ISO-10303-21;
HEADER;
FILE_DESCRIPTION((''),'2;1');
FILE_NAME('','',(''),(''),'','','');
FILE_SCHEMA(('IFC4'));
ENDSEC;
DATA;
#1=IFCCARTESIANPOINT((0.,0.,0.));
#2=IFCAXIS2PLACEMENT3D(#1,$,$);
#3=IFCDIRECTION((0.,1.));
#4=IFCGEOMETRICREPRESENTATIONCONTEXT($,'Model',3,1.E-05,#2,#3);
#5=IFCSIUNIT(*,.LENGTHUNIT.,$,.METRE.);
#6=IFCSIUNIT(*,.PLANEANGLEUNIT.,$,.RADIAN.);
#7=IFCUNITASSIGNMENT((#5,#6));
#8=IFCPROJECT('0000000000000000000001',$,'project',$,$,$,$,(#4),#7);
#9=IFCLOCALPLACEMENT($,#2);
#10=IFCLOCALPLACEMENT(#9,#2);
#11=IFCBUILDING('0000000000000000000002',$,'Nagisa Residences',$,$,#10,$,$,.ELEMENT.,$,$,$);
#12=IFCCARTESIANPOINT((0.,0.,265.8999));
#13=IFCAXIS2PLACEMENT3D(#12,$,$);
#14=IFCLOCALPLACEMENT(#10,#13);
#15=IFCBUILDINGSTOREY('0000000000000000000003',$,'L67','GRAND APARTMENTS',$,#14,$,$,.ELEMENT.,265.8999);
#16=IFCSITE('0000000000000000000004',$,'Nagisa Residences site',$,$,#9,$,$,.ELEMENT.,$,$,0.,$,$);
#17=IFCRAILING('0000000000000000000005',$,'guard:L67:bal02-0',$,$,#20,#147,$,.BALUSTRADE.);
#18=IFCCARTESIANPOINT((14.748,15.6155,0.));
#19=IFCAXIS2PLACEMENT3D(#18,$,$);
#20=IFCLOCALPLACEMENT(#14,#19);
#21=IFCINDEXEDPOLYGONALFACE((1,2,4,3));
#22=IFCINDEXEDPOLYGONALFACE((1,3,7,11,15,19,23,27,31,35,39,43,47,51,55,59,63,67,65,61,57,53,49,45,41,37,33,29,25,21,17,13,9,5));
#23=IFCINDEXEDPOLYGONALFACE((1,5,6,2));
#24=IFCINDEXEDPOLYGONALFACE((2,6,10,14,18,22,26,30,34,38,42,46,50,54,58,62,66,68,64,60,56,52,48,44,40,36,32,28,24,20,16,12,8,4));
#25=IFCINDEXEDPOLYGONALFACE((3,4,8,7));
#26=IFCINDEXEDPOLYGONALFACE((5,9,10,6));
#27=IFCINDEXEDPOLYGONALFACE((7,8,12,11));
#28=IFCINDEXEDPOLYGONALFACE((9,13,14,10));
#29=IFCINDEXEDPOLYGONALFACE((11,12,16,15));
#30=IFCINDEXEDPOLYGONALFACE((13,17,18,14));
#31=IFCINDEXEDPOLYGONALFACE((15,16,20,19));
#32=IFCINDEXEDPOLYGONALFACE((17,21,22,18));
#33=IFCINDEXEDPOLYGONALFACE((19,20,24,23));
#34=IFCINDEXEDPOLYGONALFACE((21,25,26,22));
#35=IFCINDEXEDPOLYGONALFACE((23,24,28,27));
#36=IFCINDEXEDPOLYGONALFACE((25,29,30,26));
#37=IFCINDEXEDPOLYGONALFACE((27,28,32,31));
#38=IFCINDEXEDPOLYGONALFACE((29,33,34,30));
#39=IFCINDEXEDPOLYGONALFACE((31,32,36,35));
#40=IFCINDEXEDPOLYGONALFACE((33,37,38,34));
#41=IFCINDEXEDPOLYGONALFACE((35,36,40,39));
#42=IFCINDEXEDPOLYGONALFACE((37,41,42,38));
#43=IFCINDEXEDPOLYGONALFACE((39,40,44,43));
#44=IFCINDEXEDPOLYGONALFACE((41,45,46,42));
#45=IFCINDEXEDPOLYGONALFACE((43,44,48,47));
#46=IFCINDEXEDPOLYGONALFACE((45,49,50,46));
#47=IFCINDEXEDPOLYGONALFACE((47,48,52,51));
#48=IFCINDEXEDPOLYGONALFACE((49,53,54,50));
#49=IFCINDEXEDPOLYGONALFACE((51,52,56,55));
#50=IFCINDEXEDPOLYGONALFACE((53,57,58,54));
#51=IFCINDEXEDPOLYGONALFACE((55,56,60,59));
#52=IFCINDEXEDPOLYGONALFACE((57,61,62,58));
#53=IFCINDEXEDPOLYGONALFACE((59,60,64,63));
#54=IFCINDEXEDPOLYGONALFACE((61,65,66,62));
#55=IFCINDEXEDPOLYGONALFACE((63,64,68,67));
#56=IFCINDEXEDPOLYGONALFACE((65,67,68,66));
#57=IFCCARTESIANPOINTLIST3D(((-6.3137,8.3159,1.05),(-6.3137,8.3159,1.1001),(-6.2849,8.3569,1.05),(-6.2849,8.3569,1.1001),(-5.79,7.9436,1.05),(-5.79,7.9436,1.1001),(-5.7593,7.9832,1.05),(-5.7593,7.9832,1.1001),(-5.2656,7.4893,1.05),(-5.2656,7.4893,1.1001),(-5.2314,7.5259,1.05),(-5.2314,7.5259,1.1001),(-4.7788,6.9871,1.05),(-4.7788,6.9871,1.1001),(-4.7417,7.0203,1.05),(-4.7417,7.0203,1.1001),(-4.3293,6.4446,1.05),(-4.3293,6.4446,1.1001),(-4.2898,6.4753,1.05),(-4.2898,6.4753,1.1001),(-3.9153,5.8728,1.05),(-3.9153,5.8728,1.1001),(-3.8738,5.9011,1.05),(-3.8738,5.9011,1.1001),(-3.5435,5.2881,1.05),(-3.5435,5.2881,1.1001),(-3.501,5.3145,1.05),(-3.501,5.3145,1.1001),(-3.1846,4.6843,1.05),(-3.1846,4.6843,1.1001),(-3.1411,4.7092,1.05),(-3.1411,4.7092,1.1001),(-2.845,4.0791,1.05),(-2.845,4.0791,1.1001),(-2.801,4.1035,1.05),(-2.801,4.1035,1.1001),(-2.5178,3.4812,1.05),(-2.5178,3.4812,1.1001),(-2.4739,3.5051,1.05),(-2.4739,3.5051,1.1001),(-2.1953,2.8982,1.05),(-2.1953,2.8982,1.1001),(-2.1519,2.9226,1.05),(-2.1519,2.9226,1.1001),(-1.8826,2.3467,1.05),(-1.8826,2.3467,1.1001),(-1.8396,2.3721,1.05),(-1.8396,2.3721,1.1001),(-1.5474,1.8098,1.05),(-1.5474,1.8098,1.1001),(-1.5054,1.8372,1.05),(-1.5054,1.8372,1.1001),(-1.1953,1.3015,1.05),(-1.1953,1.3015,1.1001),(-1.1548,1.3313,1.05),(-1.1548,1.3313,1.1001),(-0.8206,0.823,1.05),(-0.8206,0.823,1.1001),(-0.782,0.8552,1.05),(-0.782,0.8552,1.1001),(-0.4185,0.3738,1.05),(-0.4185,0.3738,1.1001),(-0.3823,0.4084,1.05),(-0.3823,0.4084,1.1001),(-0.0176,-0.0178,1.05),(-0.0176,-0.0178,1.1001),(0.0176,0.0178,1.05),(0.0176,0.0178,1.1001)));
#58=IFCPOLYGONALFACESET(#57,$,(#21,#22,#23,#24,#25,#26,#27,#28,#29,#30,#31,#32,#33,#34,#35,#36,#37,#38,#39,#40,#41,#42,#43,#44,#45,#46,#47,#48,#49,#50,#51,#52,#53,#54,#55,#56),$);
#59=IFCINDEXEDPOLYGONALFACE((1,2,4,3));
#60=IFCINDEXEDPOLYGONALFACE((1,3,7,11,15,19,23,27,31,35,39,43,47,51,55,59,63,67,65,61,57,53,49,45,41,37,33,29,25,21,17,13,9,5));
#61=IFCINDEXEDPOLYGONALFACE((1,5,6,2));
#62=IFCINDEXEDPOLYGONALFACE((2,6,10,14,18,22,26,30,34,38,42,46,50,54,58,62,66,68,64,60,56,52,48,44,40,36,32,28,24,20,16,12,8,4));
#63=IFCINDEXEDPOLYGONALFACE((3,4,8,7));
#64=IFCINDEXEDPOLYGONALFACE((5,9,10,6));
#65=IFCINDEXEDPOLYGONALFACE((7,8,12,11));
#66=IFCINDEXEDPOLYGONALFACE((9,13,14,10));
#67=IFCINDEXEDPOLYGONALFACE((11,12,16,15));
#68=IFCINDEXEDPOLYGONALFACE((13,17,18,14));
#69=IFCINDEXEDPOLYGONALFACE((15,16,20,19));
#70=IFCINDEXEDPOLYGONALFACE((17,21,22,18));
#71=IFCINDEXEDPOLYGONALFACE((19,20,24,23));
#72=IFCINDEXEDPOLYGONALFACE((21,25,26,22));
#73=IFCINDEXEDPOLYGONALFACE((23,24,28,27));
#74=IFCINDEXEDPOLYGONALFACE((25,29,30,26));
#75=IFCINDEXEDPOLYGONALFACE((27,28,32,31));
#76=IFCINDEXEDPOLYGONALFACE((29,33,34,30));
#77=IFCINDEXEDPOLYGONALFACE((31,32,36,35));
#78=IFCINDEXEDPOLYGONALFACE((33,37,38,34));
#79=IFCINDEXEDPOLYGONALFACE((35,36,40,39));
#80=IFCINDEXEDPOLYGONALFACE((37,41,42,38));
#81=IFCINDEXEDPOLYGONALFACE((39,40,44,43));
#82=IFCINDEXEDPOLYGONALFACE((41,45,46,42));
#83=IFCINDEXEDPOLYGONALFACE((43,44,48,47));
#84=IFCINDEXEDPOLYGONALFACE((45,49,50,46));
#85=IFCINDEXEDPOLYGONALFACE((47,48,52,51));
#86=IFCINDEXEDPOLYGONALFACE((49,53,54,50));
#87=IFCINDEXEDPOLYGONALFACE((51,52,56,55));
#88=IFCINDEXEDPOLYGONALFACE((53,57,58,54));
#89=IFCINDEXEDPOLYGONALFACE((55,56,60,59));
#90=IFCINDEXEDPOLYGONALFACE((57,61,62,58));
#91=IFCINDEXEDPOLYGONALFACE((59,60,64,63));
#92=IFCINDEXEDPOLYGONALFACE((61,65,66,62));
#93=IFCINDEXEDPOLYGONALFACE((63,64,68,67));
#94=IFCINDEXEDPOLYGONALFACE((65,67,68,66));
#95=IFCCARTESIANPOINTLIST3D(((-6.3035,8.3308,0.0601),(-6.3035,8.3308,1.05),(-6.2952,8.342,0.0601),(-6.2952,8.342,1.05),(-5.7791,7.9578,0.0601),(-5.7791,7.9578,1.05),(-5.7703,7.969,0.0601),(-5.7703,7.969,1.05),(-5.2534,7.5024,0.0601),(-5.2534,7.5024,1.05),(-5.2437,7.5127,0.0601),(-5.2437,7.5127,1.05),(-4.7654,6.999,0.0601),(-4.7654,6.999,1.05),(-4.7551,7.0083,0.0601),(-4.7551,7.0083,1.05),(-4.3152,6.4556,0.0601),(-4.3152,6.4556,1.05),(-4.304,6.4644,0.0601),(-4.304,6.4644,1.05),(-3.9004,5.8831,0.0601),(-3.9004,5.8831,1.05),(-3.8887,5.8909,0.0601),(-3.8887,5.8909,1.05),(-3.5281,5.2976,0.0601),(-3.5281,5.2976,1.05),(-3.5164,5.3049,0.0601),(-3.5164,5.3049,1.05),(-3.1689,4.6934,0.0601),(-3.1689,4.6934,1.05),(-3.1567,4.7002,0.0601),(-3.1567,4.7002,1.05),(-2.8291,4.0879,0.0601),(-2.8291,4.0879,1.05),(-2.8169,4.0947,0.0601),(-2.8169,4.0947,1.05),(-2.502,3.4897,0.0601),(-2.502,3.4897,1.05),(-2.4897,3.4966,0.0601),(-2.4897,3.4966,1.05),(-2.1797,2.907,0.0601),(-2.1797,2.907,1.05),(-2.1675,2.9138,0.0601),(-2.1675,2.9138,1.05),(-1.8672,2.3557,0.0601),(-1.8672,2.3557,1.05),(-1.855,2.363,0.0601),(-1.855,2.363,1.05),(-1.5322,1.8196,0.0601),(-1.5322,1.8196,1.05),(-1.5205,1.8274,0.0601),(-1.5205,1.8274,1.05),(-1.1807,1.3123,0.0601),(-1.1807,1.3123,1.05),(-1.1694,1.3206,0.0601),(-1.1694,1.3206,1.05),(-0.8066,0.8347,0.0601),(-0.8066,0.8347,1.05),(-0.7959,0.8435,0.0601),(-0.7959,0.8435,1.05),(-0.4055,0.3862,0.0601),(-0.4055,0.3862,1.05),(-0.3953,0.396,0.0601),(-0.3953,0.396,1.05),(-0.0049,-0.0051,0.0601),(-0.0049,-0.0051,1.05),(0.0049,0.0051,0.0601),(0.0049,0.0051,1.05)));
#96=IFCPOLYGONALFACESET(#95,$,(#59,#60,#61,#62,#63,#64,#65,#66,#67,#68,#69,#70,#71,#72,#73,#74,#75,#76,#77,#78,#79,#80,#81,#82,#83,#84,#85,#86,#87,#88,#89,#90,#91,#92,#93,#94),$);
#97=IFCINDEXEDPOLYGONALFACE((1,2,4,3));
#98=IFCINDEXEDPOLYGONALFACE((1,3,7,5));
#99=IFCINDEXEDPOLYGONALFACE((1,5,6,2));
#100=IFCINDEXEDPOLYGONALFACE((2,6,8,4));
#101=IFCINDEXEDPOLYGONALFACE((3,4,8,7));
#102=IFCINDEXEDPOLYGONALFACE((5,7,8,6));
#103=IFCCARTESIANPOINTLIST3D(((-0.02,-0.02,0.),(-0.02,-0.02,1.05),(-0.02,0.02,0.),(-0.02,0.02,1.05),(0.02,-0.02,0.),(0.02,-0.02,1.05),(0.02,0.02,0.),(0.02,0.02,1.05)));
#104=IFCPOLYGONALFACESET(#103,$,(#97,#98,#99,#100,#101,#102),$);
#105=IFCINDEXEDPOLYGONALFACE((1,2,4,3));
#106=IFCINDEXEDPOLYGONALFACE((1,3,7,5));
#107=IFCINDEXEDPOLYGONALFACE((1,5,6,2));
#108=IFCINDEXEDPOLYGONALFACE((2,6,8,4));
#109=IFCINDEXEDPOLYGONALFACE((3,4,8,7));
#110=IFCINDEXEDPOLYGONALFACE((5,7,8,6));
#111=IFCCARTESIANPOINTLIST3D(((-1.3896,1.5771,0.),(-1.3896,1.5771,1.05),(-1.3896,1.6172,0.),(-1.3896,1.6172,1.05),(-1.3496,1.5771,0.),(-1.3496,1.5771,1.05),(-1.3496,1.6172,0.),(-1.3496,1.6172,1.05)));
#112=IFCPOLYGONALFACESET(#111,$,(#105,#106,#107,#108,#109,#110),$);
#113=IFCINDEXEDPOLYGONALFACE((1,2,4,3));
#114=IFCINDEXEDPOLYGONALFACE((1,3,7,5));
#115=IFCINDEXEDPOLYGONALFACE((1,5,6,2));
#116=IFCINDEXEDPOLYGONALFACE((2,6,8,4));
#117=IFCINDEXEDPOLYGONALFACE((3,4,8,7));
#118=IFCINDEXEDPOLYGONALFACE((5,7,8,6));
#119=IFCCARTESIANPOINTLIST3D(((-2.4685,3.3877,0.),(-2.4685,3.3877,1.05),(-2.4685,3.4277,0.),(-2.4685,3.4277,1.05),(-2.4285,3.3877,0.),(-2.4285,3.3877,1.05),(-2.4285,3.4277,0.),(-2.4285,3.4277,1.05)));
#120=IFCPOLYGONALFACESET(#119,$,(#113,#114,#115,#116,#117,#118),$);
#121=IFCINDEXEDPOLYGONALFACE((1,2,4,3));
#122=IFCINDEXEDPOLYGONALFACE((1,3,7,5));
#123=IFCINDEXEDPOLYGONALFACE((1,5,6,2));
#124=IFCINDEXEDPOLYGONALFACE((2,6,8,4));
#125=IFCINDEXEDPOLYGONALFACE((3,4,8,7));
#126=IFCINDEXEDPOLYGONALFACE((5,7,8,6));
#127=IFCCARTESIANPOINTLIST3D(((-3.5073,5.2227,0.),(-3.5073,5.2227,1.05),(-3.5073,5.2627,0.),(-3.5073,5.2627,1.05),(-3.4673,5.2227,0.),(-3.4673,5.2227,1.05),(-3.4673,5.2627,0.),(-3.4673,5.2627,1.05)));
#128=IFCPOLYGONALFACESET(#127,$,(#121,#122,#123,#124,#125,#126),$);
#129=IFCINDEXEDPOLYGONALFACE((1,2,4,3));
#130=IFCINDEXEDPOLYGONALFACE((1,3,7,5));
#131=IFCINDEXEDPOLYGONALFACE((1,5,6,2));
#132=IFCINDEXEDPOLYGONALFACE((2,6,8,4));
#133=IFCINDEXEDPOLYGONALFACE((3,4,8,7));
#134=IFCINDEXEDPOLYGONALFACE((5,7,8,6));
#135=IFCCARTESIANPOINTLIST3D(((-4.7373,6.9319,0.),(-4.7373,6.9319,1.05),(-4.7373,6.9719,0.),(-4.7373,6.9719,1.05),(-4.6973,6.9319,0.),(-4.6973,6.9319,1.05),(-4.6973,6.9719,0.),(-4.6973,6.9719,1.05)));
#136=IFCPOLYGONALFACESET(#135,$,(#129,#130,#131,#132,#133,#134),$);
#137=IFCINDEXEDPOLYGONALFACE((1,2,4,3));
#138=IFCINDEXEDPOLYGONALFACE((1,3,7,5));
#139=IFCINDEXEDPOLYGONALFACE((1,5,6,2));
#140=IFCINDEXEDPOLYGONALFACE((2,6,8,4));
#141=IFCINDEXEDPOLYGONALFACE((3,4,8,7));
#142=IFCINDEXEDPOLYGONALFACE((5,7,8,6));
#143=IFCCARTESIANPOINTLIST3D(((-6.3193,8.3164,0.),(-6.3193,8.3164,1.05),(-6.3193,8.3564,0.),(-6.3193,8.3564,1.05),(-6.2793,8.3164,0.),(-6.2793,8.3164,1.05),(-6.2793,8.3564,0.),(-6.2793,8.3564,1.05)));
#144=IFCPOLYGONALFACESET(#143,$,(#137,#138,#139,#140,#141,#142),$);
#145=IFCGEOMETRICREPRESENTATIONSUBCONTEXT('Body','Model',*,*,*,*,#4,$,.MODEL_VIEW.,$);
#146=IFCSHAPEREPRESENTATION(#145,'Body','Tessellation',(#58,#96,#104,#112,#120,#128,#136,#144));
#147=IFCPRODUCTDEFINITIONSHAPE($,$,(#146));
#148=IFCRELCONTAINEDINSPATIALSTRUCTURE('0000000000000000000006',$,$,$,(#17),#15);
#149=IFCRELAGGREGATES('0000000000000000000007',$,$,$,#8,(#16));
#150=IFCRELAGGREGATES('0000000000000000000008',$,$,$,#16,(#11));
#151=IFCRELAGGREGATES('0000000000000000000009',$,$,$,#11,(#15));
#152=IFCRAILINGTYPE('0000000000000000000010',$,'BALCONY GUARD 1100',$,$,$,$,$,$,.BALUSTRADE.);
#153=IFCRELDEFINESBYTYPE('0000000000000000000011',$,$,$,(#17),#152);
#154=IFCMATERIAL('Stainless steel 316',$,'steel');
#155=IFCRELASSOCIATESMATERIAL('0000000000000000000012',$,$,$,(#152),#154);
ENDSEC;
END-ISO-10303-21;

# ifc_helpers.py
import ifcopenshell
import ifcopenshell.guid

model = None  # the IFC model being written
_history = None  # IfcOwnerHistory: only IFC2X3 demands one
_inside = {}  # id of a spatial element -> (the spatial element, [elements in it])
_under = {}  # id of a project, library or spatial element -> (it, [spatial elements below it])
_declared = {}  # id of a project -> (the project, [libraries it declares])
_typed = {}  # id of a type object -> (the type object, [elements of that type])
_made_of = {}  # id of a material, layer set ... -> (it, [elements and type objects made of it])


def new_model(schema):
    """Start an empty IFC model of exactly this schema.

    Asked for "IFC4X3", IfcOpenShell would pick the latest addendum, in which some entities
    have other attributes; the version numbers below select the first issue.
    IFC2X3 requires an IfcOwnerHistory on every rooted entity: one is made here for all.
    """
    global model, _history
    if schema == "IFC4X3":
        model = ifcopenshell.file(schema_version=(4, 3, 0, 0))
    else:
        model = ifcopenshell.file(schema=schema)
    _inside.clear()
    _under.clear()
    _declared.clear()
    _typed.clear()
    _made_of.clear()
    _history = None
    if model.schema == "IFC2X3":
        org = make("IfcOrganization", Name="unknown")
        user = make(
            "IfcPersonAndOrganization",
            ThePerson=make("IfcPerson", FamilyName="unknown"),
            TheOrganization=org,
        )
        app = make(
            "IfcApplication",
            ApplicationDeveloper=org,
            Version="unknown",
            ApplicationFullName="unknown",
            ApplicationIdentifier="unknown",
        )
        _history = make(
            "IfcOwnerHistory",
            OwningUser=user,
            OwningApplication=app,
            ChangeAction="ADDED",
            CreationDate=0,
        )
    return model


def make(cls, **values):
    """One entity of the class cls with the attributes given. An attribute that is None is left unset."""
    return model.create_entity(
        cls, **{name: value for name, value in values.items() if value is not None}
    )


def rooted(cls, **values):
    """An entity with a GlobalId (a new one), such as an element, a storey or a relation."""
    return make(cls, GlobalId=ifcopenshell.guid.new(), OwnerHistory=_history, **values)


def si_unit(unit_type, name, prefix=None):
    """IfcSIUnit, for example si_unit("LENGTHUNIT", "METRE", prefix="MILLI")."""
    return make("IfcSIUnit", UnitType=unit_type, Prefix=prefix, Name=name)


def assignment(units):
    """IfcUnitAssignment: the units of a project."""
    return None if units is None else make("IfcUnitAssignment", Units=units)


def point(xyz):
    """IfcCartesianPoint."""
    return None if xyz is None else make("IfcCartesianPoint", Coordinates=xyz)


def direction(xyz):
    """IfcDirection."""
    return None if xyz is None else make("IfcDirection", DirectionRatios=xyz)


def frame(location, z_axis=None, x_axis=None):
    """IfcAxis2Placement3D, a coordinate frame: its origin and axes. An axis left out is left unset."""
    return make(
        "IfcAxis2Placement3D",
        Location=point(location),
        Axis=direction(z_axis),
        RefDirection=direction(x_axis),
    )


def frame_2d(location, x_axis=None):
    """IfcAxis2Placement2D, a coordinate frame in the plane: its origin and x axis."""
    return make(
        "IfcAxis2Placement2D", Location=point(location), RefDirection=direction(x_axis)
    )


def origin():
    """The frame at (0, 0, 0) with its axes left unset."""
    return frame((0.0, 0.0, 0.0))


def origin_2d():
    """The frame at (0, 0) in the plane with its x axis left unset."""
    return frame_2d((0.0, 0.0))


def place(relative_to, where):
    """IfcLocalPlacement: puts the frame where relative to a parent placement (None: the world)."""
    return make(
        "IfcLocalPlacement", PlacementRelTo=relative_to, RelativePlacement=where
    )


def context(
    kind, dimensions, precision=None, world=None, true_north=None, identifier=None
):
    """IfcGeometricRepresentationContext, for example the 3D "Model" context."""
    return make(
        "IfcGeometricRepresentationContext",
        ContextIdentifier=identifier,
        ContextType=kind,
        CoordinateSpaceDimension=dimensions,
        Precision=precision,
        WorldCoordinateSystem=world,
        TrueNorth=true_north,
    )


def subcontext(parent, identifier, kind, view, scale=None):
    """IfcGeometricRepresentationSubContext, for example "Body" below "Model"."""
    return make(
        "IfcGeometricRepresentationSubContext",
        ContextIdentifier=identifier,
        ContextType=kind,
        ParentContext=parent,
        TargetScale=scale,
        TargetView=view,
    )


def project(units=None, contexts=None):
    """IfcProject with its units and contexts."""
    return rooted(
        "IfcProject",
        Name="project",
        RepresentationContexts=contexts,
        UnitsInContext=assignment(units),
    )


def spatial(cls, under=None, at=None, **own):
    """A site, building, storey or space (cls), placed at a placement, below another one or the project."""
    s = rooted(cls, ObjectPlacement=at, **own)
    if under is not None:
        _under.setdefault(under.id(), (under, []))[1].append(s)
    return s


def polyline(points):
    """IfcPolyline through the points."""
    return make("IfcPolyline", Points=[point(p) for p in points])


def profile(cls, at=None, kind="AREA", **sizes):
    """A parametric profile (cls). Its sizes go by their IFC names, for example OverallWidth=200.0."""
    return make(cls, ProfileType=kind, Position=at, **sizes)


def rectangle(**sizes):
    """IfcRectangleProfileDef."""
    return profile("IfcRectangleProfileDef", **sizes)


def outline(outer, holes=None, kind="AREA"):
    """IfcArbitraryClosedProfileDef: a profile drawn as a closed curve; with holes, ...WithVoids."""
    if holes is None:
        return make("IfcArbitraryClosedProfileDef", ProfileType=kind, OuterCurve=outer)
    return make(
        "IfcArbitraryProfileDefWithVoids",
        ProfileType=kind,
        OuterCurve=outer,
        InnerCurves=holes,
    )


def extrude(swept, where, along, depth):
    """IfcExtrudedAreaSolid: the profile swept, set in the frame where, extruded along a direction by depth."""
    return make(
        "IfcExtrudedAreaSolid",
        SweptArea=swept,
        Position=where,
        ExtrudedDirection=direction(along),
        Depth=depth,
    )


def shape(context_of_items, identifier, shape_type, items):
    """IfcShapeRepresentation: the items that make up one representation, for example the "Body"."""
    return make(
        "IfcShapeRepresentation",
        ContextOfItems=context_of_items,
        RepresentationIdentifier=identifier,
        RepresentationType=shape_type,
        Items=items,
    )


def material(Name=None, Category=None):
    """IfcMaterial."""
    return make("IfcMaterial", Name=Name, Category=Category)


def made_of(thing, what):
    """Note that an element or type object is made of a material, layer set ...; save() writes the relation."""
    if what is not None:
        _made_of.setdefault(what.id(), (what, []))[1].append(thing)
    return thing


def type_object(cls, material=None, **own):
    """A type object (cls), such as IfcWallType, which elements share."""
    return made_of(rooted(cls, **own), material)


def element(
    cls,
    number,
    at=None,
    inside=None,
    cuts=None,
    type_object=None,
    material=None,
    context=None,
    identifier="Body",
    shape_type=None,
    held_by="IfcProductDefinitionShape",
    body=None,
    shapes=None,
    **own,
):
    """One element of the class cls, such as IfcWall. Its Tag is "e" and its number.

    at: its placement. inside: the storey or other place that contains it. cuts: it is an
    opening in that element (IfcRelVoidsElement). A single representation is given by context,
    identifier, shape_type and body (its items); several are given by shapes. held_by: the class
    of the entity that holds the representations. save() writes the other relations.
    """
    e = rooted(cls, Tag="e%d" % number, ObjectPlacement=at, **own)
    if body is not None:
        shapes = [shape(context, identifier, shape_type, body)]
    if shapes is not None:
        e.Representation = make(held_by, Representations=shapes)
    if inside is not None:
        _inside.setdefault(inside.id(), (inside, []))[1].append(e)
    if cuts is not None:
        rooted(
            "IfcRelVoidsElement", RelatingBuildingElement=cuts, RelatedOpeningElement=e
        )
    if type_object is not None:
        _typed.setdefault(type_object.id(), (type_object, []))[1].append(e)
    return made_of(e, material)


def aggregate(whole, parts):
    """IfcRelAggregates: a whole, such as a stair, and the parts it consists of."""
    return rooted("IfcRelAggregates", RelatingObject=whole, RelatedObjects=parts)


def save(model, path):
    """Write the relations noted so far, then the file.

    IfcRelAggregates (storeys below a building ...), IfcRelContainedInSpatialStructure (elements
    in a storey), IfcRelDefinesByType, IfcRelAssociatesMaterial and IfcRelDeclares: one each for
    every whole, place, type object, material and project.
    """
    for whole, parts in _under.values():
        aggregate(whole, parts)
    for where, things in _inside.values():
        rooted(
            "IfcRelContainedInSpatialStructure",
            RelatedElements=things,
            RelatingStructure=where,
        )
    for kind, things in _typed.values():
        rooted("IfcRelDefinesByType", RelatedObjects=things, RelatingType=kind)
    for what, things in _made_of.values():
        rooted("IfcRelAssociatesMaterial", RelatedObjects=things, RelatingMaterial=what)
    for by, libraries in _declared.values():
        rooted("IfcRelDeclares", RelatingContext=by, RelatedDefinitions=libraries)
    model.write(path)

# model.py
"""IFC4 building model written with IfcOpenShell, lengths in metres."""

from ifc_helpers import new_model, si_unit, direction, frame, origin, origin_2d, place, context, subcontext, project, spatial, polyline, rectangle, outline, extrude, material, type_object, element, save


model = new_model("IFC4")

# Units and contexts
model_context = context("Model", 3, precision=1e-05, world=origin(), true_north=direction((0.0, 1.0)))
body_context = subcontext(model_context, "Body", "Model", "MODEL_VIEW")
ifc_project = project(units=[si_unit("LENGTHUNIT", "METRE"), si_unit("PLANEANGLEUNIT", "RADIAN")], contexts=[model_context])

# Site, building, storey
site_placement = place(None, origin())
site = spatial("IfcSite", under=ifc_project, at=site_placement, Name="Nagisa Residences site", CompositionType="ELEMENT", RefElevation=0.0)
building_placement = place(site_placement, origin())
building = spatial("IfcBuilding", under=site, at=building_placement, Name="Nagisa Residences", CompositionType="ELEMENT")
storey_placement = place(building_placement, frame((0.0, 0.0, 265.8999)))
storey = spatial("IfcBuildingStorey", under=building, at=storey_placement, Name="L67", Description="GRAND APARTMENTS", CompositionType="ELEMENT", Elevation=265.8999)

# Railing
ifc_material_1 = material(Name="Stainless steel 316", Category="steel")
railing_type = type_object("IfcRailingType", Name="BALCONY GUARD 1100", PredefinedType="BALUSTRADE", material=ifc_material_1)
railing_placement = place(storey_placement, frame((14.748, 15.6155, 0.0)))
element("IfcRailing", 1, at=railing_placement, inside=storey, type_object=railing_type, Name="guard:L67:bal02-0", PredefinedType="BALUSTRADE", context=body_context, shape_type="SweptSolid", body=[
    extrude(outline(polyline([(-0.4185, 0.3738), (-0.0176, -0.0178), (0.0176, 0.0178), (-0.3823, 0.4084), (-0.782, 0.8552), (-1.1548, 1.3313), (-1.5054, 1.8372), (-1.8396, 2.3721), (-2.1519, 2.9226), (-2.4739, 3.5051), (-2.801, 4.1035), (-3.1411, 4.7092), (-3.501, 5.3145), (-3.8738, 5.9011), (-4.2898, 6.4753), (-4.7417, 7.0203), (-5.2314, 7.5259), (-5.7593, 7.9832), (-6.2849, 8.3569), (-6.3137, 8.3159), (-5.79, 7.9436), (-5.2656, 7.4893), (-4.7788, 6.9871), (-4.3293, 6.4446), (-3.9153, 5.8728), (-3.5435, 5.2881), (-3.1846, 4.6843), (-2.845, 4.0791), (-2.5178, 3.4812), (-2.1953, 2.8982), (-1.8826, 2.3467), (-1.5474, 1.8098), (-1.1953, 1.3015), (-0.8206, 0.823), (-0.4185, 0.3738)])), frame((0.0, 0.0, 1.05)), (0.0, 0.0, 1.0), 0.05),
    extrude(outline(polyline([(-0.4055, 0.3862), (-0.0049, -0.0051), (0.0049, 0.0051), (-0.3953, 0.396), (-0.7959, 0.8435), (-1.1694, 1.3206), (-1.5205, 1.8274), (-1.855, 2.363), (-2.1675, 2.9138), (-2.4897, 3.4966), (-2.8169, 4.0947), (-3.1567, 4.7002), (-3.5164, 5.3049), (-3.8887, 5.8909), (-4.304, 6.4644), (-4.7551, 7.0083), (-5.2437, 7.5127), (-5.7703, 7.969), (-6.2952, 8.342), (-6.3035, 8.3308), (-5.7791, 7.9578), (-5.2534, 7.5024), (-4.7654, 6.999), (-4.3152, 6.4556), (-3.9004, 5.8831), (-3.5281, 5.2976), (-3.1689, 4.6934), (-2.8291, 4.0879), (-2.502, 3.4897), (-2.1797, 2.907), (-1.8672, 2.3557), (-1.5322, 1.8196), (-1.1807, 1.3123), (-0.8066, 0.8347), (-0.4055, 0.3862)])), frame((0.0, 0.0, 0.0601)), (0.0, 0.0, 1.0), 0.99),
    extrude(rectangle(XDim=0.04, YDim=0.04, at=origin_2d()), origin(), (0.0, 0.0, 1.0), 1.05),
    extrude(rectangle(XDim=0.04, YDim=0.04, at=origin_2d()), frame((-1.3696, 1.5972, 0.0)), (0.0, 0.0, 1.0), 1.05),
    extrude(rectangle(XDim=0.04, YDim=0.04, at=origin_2d()), frame((-2.4485, 3.4077, 0.0)), (0.0, 0.0, 1.0), 1.05),
    extrude(rectangle(XDim=0.04, YDim=0.04, at=origin_2d()), frame((-3.4873, 5.2427, 0.0)), (0.0, 0.0, 1.0), 1.05),
    extrude(rectangle(XDim=0.04, YDim=0.04, at=origin_2d()), frame((-4.7173, 6.9519, 0.0)), (0.0, 0.0, 1.0), 1.05),
    extrude(rectangle(XDim=0.04, YDim=0.04, at=origin_2d()), frame((-6.2993, 8.3364, 0.0)), (0.0, 0.0, 1.0), 1.05),
])

save(model, "model.ifc")
